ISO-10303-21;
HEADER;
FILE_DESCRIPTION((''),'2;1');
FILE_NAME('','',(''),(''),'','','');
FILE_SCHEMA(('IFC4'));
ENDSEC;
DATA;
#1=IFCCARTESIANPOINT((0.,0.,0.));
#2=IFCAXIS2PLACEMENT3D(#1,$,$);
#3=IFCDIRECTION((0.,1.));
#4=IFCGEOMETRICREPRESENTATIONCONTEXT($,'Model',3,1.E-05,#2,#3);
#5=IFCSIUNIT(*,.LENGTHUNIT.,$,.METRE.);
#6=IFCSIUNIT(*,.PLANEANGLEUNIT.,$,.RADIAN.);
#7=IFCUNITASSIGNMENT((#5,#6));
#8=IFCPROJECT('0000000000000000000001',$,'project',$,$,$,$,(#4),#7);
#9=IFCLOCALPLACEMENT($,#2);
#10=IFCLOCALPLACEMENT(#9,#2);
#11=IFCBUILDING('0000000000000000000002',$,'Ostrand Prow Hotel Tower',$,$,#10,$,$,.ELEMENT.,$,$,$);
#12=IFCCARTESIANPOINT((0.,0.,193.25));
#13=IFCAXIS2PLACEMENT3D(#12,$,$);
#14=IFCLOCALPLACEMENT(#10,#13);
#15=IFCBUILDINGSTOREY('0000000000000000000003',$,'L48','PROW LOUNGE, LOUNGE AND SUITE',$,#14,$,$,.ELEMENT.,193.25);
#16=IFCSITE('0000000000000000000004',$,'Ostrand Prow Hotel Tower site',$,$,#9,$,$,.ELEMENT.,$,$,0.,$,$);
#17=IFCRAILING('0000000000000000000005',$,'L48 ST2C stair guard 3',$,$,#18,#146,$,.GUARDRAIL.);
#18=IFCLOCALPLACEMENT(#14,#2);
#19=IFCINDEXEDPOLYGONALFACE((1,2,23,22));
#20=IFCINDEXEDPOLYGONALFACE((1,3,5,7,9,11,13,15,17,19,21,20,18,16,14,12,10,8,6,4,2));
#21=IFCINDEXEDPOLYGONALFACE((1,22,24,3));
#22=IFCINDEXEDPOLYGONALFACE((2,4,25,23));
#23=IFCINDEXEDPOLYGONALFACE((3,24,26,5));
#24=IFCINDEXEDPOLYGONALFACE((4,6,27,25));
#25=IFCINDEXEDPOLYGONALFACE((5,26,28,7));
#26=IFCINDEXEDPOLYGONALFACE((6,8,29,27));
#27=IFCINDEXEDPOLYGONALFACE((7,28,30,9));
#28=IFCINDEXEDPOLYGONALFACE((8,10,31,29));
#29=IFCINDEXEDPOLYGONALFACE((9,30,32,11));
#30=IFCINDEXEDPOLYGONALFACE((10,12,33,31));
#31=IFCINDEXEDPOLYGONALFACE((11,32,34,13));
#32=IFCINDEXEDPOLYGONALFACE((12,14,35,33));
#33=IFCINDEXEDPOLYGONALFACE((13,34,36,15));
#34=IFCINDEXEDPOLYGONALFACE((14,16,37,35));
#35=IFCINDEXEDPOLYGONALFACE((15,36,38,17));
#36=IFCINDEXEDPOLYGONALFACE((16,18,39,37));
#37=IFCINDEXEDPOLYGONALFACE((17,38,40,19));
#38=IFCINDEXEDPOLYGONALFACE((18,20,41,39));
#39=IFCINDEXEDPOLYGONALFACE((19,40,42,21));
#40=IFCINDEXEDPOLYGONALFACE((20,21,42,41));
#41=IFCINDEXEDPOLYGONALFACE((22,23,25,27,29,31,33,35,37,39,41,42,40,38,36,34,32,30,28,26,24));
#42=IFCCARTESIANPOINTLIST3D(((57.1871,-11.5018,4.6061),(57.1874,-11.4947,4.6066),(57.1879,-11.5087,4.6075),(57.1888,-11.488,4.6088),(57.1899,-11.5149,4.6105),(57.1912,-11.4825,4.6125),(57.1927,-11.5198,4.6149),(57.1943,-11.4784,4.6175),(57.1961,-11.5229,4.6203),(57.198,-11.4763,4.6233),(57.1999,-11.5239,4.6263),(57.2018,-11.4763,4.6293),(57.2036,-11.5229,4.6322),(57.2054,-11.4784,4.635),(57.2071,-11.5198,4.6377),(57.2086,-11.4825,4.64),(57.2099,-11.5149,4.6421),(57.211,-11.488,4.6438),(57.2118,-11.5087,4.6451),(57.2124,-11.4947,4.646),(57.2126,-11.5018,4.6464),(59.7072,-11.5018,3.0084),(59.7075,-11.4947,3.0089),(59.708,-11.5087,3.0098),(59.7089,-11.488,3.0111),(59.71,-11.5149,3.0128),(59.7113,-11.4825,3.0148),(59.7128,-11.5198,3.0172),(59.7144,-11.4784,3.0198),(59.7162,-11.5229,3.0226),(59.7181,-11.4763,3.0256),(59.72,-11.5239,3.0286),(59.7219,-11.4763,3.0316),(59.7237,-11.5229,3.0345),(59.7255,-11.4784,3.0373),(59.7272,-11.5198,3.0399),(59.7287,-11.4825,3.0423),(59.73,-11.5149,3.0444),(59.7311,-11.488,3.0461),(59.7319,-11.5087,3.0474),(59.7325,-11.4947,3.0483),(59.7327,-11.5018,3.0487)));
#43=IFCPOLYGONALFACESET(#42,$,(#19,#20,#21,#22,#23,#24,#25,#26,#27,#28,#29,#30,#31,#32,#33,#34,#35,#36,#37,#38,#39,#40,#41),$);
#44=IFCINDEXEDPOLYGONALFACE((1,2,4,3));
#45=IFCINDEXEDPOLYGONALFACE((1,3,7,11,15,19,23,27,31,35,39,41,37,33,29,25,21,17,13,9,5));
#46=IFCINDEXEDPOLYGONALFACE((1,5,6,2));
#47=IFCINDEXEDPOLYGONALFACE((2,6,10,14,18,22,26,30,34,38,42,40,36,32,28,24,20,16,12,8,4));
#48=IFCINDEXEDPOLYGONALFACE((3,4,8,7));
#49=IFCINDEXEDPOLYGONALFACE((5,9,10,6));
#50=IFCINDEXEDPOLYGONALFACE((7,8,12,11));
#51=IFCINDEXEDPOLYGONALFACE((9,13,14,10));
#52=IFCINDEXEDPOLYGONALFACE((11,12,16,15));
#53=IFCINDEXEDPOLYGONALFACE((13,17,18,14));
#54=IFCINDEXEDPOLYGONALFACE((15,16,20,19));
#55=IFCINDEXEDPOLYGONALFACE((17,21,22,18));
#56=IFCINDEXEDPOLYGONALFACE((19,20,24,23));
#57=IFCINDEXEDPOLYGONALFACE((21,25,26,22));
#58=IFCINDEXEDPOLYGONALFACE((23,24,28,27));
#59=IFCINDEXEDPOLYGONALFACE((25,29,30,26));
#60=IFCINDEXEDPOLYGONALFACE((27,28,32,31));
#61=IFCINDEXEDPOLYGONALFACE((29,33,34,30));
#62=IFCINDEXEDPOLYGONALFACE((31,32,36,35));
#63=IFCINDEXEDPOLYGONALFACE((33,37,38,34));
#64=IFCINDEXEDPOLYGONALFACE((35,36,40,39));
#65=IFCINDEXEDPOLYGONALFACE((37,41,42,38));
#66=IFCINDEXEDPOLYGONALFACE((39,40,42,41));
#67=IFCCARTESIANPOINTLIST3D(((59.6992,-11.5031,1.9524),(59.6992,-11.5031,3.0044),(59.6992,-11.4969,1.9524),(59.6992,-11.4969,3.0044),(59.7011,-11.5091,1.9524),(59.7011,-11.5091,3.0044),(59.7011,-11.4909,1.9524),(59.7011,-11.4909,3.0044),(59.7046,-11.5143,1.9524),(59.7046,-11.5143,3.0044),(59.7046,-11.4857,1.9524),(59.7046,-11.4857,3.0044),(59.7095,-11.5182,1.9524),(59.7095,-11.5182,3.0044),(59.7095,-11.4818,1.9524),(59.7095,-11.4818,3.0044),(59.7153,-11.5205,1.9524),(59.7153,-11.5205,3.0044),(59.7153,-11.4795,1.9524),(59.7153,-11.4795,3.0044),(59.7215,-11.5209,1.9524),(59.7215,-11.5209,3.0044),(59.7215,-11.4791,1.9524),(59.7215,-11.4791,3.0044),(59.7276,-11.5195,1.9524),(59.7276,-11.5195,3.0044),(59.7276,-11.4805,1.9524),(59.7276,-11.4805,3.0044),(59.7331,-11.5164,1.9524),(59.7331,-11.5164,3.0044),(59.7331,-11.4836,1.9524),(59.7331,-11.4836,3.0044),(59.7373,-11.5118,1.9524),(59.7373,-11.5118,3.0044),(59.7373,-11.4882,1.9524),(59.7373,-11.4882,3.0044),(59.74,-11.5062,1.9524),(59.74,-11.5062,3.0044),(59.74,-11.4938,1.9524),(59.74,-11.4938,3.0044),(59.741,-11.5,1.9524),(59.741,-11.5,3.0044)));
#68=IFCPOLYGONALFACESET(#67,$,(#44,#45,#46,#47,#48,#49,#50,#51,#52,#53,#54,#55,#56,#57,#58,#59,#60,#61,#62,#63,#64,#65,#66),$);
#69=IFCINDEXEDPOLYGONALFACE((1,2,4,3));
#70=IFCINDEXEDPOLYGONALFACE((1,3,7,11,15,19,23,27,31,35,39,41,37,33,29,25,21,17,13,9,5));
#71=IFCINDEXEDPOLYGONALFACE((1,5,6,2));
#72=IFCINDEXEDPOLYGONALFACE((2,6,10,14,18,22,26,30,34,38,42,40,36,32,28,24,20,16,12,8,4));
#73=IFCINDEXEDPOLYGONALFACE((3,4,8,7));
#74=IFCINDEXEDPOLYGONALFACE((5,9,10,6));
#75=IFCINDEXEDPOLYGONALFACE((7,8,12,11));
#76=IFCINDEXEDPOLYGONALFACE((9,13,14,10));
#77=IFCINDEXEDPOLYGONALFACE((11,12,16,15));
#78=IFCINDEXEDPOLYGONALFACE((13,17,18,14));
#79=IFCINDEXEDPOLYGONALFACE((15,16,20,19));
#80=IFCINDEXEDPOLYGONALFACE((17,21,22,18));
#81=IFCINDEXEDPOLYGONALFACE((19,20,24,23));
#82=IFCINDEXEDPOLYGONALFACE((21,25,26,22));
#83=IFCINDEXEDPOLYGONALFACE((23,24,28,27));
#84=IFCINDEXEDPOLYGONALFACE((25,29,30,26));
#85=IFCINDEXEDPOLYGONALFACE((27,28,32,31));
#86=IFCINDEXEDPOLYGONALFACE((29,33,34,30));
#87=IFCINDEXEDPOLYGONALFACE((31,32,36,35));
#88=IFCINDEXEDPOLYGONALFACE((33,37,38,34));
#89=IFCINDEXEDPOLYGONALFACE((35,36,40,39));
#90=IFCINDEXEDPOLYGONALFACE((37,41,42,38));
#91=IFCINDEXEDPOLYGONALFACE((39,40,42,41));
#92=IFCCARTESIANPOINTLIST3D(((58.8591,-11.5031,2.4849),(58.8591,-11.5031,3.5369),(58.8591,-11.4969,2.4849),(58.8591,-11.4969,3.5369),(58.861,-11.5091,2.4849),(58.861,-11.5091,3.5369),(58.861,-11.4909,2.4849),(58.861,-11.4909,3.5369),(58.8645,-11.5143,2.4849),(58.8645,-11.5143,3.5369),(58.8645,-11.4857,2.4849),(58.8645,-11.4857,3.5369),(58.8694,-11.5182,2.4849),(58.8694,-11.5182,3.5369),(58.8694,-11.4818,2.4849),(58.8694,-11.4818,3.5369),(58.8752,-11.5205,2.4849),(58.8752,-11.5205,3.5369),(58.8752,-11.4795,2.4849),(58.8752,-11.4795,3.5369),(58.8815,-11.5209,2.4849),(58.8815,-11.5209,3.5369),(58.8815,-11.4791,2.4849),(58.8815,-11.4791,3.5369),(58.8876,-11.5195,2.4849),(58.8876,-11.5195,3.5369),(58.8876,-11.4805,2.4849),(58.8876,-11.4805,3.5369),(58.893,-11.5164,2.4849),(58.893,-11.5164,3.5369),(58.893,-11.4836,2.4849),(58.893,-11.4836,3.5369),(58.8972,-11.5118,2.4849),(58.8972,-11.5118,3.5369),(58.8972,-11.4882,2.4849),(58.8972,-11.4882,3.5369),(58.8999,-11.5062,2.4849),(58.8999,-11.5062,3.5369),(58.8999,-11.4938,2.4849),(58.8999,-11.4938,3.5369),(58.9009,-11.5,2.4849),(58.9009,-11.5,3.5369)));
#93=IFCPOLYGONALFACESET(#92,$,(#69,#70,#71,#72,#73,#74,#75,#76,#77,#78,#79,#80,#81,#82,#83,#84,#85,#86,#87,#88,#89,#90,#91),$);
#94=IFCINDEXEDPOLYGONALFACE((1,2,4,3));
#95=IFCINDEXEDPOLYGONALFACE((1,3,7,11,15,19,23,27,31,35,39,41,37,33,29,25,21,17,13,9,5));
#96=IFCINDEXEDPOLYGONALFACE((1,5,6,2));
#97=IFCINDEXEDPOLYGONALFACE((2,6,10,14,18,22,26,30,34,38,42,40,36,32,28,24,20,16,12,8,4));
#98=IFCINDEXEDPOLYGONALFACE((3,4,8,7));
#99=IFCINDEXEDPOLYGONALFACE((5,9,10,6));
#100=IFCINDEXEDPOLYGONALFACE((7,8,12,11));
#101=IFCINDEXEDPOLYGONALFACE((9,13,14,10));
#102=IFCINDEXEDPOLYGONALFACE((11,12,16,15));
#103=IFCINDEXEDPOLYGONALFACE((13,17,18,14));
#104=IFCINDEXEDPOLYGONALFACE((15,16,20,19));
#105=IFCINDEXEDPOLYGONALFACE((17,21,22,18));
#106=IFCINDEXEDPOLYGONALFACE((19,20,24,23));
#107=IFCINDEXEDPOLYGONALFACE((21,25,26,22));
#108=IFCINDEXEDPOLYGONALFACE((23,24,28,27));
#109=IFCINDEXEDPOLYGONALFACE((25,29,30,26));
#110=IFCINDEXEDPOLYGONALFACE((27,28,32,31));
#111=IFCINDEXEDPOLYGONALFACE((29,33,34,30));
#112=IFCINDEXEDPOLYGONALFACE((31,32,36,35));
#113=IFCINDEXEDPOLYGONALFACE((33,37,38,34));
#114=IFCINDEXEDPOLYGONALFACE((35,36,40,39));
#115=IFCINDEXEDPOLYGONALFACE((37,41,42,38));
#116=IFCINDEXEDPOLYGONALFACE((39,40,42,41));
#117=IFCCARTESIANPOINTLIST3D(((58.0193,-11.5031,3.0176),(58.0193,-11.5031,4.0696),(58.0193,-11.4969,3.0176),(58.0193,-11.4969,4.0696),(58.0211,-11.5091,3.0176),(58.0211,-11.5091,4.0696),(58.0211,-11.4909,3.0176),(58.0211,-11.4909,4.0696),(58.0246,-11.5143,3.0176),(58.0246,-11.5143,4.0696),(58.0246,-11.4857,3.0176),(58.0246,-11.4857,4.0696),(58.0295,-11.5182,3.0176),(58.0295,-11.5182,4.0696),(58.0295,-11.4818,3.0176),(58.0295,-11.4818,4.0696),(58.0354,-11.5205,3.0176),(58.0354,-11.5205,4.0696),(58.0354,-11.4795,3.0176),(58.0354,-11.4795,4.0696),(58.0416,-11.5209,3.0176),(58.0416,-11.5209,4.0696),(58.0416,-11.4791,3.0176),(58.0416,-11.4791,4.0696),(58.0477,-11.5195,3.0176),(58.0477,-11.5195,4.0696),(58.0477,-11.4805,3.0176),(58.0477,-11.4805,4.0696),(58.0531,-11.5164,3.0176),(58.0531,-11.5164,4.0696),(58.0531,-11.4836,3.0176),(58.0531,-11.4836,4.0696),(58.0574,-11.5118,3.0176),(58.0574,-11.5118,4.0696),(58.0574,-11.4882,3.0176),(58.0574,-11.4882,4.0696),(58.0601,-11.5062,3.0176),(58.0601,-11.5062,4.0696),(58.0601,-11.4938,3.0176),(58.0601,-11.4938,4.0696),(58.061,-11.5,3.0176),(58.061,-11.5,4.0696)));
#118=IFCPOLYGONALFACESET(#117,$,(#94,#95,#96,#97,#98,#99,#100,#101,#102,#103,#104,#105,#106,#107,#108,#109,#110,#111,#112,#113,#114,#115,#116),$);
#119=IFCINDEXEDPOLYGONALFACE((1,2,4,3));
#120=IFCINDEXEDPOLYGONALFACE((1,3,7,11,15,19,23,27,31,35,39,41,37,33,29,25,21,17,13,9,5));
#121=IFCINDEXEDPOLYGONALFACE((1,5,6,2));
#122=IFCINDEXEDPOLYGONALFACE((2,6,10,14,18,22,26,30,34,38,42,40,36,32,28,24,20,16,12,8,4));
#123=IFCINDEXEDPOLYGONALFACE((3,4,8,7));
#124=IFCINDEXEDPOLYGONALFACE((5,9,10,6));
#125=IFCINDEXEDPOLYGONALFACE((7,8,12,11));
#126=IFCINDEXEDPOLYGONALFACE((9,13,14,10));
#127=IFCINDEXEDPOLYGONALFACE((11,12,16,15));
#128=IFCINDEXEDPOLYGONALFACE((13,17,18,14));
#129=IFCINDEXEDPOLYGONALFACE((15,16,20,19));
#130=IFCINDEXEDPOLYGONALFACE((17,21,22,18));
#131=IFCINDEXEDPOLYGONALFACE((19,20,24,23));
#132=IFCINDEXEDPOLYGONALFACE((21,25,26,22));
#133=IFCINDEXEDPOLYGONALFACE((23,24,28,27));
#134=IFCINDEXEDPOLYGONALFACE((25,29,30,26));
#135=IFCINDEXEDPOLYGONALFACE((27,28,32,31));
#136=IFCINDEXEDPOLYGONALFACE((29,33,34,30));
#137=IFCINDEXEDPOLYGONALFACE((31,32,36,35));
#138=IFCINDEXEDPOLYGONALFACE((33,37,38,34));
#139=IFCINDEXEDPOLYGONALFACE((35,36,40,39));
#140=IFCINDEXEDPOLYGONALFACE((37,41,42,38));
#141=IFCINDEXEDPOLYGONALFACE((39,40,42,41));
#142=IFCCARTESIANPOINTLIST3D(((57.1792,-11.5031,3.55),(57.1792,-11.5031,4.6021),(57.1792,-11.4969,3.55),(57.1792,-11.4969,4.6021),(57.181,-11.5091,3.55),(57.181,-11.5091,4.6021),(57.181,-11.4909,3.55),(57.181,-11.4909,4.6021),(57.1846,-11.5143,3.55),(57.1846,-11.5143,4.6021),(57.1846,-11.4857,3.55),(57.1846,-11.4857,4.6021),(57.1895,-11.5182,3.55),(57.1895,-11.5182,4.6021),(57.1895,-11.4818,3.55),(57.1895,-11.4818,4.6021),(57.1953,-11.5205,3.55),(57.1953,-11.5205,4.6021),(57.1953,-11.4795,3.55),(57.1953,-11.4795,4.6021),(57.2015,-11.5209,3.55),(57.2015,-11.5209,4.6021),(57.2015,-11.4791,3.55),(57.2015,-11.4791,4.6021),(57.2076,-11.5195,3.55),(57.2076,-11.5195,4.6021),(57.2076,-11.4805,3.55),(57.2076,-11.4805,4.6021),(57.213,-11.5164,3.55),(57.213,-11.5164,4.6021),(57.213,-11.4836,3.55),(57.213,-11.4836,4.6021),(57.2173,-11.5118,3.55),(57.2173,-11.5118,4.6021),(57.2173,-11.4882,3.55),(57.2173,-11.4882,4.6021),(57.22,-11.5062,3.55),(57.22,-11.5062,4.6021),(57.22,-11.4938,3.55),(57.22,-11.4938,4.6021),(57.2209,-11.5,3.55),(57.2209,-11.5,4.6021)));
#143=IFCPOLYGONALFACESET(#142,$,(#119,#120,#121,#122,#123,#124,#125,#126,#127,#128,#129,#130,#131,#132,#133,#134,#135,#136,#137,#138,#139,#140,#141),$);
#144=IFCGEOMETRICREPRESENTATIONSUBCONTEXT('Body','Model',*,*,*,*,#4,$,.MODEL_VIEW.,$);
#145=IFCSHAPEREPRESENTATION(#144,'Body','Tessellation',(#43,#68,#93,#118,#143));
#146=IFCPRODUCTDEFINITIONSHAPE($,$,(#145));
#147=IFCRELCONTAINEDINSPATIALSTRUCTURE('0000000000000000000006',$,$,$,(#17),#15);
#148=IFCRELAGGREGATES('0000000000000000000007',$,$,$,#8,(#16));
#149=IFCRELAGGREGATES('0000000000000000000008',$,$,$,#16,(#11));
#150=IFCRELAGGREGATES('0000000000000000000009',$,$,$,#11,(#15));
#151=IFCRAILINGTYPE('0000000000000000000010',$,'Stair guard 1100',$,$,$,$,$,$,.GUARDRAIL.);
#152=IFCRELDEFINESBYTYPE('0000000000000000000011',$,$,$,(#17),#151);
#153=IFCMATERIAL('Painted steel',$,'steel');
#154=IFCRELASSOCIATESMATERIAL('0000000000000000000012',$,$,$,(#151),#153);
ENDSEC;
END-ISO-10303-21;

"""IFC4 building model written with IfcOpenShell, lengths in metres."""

from ifc_helpers import new_model, si_unit, direction, frame, origin, origin_2d, place, context, subcontext, project, spatial, circle, extrude, material, type_object, element, save


model = new_model("IFC4")

# Units and contexts
model_context = context("Model", 3, precision=1e-05, world=origin(), true_north=direction((0.0, 1.0)))
body_context = subcontext(model_context, "Body", "Model", "MODEL_VIEW")
ifc_project = project(units=[si_unit("LENGTHUNIT", "METRE"), si_unit("PLANEANGLEUNIT", "RADIAN")], contexts=[model_context])

# Site, building, storey
site_placement = place(None, origin())
site = spatial("IfcSite", under=ifc_project, at=site_placement, Name="Ostrand Prow Hotel Tower site", CompositionType="ELEMENT", RefElevation=0.0)
building_placement = place(site_placement, origin())
building = spatial("IfcBuilding", under=site, at=building_placement, Name="Ostrand Prow Hotel Tower", CompositionType="ELEMENT")
storey_placement = place(building_placement, frame((0.0, 0.0, 193.25)))
storey = spatial("IfcBuildingStorey", under=building, at=storey_placement, Name="L48", Description="PROW LOUNGE, LOUNGE AND SUITE", CompositionType="ELEMENT", Elevation=193.25)

# Railing
ifc_material_1 = material(Name="Painted steel", Category="steel")
railing_type_1 = type_object("IfcRailingType", Name="Stair guard 1100", PredefinedType="GUARDRAIL", material=ifc_material_1)
railing_1_placement = place(storey_placement, frame((59.72, -11.5, 1.9524)))
element("IfcRailing", 1, at=railing_1_placement, inside=storey, type_object=railing_type_1, Name="L48 ST2C stair guard 3", PredefinedType="GUARDRAIL", context=body_context, shape_type="SweptSolid", body=[
    extrude(circle(Radius=0.0239, at=origin_2d()), frame((0.0, 0.0, 1.0762), z_axis=(-0.84457, 0.0, 0.535445), x_axis=(0.0, -1.0, 0.0)), (0.0, 0.0, 1.0), 2.9839),
    extrude(circle(Radius=0.021, at=origin_2d()), origin(), (0.0, 0.0, 1.0), 1.052),
    extrude(circle(Radius=0.021, at=origin_2d()), frame((-0.8401, 0.0, 0.5325)), (0.0, 0.0, 1.0), 1.052),
    extrude(circle(Radius=0.021, at=origin_2d()), frame((-1.6799, 0.0, 1.0652)), (0.0, 0.0, 1.0), 1.052),
    extrude(circle(Radius=0.021, at=origin_2d()), frame((-2.52, 0.0, 1.5977)), (0.0, 0.0, 1.0), 1.052),
])

save(model, "model.ifc")
